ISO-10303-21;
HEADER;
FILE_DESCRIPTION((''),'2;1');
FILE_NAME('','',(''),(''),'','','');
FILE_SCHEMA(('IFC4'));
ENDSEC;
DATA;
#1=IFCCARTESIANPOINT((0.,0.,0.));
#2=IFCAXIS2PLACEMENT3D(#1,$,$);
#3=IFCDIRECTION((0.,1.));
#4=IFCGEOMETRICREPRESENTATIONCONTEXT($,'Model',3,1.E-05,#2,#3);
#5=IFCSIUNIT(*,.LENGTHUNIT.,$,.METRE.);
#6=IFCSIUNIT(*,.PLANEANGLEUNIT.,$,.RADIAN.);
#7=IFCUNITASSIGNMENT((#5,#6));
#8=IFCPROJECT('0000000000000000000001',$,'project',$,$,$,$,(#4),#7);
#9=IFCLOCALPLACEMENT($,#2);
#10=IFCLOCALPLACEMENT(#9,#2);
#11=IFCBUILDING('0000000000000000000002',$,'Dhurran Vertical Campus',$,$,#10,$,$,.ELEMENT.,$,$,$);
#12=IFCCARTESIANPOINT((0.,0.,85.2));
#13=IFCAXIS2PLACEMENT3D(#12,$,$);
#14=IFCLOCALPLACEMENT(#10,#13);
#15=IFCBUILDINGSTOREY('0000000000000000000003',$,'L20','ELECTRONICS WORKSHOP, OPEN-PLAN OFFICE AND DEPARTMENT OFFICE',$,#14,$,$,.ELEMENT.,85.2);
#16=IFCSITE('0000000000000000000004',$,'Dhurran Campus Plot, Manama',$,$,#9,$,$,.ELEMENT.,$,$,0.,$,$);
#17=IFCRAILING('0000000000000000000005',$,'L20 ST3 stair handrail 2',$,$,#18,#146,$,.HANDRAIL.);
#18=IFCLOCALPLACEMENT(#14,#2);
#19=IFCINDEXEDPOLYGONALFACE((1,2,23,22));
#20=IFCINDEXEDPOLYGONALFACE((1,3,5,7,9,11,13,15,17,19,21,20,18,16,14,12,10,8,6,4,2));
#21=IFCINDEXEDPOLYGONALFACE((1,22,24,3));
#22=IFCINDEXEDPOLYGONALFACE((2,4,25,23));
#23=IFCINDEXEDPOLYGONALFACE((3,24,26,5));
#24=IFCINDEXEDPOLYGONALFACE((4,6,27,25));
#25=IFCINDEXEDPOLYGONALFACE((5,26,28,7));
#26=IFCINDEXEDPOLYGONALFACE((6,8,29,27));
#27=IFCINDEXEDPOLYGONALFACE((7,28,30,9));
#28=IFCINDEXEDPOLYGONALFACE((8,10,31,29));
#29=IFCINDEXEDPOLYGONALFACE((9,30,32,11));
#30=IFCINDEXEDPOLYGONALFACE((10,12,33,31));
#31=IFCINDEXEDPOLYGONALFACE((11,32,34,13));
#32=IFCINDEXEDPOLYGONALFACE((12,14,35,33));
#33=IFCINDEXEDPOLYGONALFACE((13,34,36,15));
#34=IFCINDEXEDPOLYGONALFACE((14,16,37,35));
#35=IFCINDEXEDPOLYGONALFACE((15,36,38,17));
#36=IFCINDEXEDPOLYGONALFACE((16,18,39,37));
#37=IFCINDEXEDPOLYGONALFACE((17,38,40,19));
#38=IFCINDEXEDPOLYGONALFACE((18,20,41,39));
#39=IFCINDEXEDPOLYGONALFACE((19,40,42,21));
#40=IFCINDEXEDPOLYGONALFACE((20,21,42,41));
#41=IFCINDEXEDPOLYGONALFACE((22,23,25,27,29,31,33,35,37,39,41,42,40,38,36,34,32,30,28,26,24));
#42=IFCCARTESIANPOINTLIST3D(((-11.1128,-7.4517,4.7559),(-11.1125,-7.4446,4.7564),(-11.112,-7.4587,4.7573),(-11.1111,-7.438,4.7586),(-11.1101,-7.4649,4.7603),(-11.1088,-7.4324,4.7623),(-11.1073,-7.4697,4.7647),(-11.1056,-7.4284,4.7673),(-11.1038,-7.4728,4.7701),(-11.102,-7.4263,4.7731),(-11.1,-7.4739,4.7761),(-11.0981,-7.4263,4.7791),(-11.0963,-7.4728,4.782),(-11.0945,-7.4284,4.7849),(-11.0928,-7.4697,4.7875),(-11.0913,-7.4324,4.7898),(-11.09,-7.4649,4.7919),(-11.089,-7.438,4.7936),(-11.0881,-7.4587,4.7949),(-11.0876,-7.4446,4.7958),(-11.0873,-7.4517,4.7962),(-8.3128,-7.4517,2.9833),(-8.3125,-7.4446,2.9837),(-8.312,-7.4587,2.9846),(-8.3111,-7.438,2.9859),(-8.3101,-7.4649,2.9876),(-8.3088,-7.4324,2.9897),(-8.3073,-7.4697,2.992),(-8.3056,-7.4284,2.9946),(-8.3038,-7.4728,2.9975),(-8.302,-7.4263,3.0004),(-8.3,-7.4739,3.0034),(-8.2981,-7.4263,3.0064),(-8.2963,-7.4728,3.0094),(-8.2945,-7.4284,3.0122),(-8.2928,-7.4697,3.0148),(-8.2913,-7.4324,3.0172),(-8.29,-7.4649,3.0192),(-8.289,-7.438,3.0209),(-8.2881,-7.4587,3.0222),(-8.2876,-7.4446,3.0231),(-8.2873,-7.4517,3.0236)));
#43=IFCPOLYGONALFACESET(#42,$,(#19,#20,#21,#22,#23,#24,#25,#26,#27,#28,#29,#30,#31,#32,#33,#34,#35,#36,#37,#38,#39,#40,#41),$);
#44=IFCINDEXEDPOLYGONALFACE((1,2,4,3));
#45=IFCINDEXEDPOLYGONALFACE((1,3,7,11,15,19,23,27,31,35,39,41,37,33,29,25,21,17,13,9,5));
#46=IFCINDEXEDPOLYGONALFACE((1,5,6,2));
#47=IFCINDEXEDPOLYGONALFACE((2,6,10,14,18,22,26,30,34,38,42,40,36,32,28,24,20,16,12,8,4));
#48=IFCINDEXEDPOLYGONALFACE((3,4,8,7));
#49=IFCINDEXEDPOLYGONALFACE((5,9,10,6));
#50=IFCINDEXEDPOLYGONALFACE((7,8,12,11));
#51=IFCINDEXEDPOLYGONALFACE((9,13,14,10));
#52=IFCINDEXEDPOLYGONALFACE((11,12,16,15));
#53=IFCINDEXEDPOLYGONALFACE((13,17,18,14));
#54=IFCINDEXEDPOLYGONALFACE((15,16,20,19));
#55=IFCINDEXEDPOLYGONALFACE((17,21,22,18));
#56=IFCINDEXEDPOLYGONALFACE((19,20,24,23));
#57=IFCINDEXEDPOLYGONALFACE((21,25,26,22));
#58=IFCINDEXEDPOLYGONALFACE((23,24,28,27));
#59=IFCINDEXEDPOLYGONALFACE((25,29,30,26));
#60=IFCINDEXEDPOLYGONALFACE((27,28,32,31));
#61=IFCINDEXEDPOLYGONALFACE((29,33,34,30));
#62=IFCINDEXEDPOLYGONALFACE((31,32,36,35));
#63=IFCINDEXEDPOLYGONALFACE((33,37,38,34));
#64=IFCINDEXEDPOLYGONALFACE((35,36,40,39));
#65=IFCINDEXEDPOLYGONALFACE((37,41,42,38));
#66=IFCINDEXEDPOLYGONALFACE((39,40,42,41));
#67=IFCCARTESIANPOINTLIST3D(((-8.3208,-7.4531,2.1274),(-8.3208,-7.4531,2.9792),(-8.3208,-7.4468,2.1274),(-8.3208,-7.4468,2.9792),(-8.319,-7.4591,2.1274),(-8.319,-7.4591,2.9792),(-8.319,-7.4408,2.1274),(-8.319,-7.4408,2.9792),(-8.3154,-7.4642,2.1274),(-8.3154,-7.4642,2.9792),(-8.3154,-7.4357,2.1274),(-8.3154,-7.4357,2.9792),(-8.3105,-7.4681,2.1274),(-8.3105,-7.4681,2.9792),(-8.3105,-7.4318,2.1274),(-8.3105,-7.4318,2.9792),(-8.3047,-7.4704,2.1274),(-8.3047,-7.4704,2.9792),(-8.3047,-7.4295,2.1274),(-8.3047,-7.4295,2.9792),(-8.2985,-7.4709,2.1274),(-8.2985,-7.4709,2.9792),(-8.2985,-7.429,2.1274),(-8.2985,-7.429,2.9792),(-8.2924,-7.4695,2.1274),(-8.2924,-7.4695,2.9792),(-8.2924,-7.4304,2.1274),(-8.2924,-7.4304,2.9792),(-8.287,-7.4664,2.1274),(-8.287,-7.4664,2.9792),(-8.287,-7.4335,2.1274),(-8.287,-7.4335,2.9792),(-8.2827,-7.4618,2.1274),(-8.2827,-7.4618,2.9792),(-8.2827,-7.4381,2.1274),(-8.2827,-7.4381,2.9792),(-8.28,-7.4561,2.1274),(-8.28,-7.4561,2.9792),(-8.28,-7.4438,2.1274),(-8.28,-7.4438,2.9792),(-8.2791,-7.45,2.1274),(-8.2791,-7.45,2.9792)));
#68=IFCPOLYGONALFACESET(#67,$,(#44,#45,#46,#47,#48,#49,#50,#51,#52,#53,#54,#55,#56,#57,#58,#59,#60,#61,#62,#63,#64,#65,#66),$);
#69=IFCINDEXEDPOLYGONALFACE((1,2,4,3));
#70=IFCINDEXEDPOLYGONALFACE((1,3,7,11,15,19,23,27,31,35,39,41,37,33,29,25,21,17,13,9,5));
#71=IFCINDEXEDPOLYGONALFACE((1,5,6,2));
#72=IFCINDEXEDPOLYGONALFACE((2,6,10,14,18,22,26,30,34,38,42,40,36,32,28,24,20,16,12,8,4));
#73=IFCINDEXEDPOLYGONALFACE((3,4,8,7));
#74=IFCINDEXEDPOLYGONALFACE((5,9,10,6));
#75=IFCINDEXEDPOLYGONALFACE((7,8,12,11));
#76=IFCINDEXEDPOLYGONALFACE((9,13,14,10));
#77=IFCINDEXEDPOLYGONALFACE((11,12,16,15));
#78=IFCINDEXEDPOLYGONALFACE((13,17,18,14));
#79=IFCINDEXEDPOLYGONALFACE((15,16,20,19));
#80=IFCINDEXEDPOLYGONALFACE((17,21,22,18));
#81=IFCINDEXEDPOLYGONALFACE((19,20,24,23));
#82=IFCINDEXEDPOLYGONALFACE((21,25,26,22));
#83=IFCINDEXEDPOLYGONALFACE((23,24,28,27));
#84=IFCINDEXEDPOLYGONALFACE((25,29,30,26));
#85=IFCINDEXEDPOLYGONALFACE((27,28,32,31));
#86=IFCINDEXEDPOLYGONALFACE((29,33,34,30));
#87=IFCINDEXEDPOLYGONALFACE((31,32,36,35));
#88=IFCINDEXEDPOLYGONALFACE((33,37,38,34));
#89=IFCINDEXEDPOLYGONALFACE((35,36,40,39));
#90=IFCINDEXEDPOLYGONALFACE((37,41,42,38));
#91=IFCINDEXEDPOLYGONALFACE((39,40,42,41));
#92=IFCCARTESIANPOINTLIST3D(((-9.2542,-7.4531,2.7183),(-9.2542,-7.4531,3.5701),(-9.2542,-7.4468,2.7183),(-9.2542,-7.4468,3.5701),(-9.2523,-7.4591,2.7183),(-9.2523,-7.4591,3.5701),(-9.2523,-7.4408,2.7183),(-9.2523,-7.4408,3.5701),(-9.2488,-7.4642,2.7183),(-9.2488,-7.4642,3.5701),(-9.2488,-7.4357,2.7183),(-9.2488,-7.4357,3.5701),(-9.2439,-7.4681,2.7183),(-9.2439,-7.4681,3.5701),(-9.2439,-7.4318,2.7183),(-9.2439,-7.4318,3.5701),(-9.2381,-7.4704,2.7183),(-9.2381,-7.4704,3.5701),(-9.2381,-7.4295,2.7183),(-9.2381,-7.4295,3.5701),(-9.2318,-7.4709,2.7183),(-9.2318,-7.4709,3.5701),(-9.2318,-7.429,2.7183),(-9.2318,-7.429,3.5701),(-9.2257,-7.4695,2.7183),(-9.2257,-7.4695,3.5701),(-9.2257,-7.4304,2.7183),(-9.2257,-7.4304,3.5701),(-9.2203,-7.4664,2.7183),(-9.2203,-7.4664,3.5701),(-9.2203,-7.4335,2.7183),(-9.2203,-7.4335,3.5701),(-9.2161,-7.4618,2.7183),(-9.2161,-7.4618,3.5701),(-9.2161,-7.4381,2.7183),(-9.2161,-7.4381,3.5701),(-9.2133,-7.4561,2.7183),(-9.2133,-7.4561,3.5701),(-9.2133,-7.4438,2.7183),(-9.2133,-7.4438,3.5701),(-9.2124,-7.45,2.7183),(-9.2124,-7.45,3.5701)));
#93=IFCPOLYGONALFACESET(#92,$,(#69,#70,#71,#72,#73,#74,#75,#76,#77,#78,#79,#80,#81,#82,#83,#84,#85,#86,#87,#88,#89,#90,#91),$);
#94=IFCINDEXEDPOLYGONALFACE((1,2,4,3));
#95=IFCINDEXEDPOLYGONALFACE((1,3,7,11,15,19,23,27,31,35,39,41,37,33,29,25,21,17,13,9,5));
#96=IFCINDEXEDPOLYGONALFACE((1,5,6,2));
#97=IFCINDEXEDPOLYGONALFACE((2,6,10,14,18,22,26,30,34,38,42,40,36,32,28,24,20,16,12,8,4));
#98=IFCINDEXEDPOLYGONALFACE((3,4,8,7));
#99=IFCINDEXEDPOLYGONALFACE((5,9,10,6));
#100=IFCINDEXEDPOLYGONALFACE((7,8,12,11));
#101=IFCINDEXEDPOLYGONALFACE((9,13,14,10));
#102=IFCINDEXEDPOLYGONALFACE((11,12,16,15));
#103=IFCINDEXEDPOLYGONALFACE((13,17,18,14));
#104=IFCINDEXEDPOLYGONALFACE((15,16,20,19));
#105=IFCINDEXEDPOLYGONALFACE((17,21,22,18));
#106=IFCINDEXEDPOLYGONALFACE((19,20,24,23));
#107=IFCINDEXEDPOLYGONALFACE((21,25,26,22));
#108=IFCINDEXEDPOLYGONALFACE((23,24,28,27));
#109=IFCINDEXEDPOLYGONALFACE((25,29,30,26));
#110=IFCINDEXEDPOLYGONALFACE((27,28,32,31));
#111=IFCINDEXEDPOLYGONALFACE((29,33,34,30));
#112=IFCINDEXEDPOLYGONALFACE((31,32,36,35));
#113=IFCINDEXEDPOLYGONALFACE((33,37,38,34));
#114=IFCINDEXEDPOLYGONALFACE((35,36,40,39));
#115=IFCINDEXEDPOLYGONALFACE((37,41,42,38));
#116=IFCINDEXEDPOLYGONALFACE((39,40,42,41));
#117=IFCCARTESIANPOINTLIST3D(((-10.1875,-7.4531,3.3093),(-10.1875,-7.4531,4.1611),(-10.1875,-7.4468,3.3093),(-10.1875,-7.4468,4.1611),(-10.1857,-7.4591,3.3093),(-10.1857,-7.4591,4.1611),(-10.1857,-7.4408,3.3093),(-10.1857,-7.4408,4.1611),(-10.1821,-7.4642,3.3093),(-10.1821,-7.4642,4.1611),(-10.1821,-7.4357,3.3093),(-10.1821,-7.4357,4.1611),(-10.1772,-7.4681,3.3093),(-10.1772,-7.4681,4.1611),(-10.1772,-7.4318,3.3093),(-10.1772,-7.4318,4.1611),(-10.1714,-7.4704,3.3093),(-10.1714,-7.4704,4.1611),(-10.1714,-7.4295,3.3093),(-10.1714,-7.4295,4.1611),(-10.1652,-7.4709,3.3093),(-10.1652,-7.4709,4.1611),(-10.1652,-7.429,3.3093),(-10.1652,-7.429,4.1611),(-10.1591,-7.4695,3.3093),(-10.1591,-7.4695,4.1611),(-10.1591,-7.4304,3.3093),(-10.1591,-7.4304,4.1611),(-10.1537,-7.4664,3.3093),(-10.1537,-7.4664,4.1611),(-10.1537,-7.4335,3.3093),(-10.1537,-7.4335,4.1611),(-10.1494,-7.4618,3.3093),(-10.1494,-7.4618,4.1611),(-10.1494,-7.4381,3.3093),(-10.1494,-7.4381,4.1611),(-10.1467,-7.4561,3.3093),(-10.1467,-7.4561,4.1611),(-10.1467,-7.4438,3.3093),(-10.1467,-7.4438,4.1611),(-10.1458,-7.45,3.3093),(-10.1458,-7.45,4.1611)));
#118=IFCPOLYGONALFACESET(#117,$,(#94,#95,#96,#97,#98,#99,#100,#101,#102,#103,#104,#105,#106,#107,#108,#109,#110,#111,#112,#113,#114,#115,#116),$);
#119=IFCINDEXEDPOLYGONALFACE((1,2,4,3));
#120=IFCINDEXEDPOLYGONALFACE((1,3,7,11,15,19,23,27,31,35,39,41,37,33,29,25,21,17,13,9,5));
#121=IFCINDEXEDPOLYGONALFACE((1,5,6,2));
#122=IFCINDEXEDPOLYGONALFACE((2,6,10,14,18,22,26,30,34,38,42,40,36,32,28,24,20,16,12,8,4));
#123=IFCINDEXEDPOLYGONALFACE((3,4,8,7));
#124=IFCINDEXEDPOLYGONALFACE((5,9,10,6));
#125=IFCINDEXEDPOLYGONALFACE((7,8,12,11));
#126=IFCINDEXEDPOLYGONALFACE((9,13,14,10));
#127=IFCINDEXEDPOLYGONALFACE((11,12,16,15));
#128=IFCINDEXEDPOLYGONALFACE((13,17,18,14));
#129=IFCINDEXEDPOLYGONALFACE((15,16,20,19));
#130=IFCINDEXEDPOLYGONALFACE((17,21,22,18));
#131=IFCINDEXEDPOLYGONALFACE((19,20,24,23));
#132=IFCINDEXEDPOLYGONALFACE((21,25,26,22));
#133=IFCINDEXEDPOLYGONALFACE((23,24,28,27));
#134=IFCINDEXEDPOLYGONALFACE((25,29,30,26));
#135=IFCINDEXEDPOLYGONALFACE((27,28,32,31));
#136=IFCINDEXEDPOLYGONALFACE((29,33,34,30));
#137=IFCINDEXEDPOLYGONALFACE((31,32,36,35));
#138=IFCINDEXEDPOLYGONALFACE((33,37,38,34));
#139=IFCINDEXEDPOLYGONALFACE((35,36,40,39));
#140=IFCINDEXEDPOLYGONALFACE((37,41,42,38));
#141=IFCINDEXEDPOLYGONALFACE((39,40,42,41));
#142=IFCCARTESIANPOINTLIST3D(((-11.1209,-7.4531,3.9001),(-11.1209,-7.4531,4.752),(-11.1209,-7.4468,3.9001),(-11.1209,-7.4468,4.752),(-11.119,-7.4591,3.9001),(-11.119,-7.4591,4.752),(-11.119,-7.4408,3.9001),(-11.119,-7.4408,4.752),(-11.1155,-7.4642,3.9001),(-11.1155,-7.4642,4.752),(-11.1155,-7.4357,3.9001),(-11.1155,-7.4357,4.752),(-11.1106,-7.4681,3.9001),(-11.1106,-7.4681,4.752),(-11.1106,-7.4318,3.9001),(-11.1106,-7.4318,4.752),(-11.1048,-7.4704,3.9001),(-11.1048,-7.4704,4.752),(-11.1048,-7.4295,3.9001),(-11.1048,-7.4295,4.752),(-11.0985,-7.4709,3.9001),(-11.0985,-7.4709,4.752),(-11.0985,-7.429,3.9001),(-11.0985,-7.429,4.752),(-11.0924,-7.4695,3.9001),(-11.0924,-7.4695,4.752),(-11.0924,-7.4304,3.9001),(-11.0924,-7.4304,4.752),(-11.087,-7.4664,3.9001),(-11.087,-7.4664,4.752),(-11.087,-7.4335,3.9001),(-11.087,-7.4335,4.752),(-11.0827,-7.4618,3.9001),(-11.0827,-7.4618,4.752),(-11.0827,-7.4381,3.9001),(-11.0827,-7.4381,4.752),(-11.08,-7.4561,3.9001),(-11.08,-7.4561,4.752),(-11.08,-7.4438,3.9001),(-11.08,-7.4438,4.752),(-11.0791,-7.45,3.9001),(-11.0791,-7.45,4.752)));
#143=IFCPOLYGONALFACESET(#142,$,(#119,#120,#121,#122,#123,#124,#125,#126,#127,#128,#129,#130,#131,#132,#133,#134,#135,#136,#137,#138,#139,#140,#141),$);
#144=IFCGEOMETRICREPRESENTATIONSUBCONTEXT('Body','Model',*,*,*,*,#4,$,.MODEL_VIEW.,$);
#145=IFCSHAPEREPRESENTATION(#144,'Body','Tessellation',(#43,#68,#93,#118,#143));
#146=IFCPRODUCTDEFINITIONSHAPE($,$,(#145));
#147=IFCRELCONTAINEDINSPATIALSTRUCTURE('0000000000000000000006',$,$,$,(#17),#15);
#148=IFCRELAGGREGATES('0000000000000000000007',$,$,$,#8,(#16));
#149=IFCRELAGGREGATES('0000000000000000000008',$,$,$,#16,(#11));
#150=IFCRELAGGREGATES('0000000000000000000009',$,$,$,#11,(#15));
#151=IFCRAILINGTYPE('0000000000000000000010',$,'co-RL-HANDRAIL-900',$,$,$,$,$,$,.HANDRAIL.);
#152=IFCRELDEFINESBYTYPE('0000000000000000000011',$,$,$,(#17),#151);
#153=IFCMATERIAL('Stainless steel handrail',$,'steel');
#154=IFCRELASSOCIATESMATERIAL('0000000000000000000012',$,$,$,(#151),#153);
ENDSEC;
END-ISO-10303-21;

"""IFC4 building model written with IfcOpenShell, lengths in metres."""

from ifc_helpers import new_model, si_unit, direction, frame, origin, origin_2d, place, context, subcontext, project, spatial, circle, extrude, material, type_object, element, save


model = new_model("IFC4")

# Units and contexts
model_context = context("Model", 3, precision=1e-05, world=origin(), true_north=direction((0.0, 1.0)))
body_context = subcontext(model_context, "Body", "Model", "MODEL_VIEW")
ifc_project = project(units=[si_unit("LENGTHUNIT", "METRE"), si_unit("PLANEANGLEUNIT", "RADIAN")], contexts=[model_context])

# Site, building, storey
site_placement = place(None, origin())
site = spatial("IfcSite", under=ifc_project, at=site_placement, Name="Dhurran Campus Plot, Manama", CompositionType="ELEMENT", RefElevation=0.0)
building_placement = place(site_placement, origin())
building = spatial("IfcBuilding", under=site, at=building_placement, Name="Dhurran Vertical Campus", CompositionType="ELEMENT")
storey_placement = place(building_placement, frame((0.0, 0.0, 85.2)))
storey = spatial("IfcBuildingStorey", under=building, at=storey_placement, Name="L20", Description="ELECTRONICS WORKSHOP, OPEN-PLAN OFFICE AND DEPARTMENT OFFICE", CompositionType="ELEMENT", Elevation=85.2)

# Railing
ifc_material_1 = material(Name="Stainless steel handrail", Category="steel")
railing_type_1 = type_object("IfcRailingType", Name="co-RL-HANDRAIL-900", PredefinedType="HANDRAIL", material=ifc_material_1)
railing_1_placement = place(storey_placement, frame((-8.3, -7.45, 2.1274)))
element("IfcRailing", 1, at=railing_1_placement, inside=storey, type_object=railing_type_1, Name="L20 ST3 stair handrail 2", PredefinedType="HANDRAIL", context=body_context, shape_type="SweptSolid", body=[
    extrude(circle(Radius=0.0239, at=origin_2d()), frame((0.0, 0.0, 0.876), z_axis=(-0.844909, 0.0, 0.53491), x_axis=(0.0, -1.0, 0.0)), (0.0, 0.0, 1.0), 3.314),
    extrude(circle(Radius=0.021, at=origin_2d()), origin(), (0.0, 0.0, 1.0), 0.8518),
    extrude(circle(Radius=0.021, at=origin_2d()), frame((-0.9333, 0.0, 0.5908)), (0.0, 0.0, 1.0), 0.8518),
    extrude(circle(Radius=0.021, at=origin_2d()), frame((-1.8667, 0.0, 1.1819)), (0.0, 0.0, 1.0), 0.8518),
    extrude(circle(Radius=0.021, at=origin_2d()), frame((-2.8, 0.0, 1.7727)), (0.0, 0.0, 1.0), 0.8518),
])

save(model, "model.ifc")
